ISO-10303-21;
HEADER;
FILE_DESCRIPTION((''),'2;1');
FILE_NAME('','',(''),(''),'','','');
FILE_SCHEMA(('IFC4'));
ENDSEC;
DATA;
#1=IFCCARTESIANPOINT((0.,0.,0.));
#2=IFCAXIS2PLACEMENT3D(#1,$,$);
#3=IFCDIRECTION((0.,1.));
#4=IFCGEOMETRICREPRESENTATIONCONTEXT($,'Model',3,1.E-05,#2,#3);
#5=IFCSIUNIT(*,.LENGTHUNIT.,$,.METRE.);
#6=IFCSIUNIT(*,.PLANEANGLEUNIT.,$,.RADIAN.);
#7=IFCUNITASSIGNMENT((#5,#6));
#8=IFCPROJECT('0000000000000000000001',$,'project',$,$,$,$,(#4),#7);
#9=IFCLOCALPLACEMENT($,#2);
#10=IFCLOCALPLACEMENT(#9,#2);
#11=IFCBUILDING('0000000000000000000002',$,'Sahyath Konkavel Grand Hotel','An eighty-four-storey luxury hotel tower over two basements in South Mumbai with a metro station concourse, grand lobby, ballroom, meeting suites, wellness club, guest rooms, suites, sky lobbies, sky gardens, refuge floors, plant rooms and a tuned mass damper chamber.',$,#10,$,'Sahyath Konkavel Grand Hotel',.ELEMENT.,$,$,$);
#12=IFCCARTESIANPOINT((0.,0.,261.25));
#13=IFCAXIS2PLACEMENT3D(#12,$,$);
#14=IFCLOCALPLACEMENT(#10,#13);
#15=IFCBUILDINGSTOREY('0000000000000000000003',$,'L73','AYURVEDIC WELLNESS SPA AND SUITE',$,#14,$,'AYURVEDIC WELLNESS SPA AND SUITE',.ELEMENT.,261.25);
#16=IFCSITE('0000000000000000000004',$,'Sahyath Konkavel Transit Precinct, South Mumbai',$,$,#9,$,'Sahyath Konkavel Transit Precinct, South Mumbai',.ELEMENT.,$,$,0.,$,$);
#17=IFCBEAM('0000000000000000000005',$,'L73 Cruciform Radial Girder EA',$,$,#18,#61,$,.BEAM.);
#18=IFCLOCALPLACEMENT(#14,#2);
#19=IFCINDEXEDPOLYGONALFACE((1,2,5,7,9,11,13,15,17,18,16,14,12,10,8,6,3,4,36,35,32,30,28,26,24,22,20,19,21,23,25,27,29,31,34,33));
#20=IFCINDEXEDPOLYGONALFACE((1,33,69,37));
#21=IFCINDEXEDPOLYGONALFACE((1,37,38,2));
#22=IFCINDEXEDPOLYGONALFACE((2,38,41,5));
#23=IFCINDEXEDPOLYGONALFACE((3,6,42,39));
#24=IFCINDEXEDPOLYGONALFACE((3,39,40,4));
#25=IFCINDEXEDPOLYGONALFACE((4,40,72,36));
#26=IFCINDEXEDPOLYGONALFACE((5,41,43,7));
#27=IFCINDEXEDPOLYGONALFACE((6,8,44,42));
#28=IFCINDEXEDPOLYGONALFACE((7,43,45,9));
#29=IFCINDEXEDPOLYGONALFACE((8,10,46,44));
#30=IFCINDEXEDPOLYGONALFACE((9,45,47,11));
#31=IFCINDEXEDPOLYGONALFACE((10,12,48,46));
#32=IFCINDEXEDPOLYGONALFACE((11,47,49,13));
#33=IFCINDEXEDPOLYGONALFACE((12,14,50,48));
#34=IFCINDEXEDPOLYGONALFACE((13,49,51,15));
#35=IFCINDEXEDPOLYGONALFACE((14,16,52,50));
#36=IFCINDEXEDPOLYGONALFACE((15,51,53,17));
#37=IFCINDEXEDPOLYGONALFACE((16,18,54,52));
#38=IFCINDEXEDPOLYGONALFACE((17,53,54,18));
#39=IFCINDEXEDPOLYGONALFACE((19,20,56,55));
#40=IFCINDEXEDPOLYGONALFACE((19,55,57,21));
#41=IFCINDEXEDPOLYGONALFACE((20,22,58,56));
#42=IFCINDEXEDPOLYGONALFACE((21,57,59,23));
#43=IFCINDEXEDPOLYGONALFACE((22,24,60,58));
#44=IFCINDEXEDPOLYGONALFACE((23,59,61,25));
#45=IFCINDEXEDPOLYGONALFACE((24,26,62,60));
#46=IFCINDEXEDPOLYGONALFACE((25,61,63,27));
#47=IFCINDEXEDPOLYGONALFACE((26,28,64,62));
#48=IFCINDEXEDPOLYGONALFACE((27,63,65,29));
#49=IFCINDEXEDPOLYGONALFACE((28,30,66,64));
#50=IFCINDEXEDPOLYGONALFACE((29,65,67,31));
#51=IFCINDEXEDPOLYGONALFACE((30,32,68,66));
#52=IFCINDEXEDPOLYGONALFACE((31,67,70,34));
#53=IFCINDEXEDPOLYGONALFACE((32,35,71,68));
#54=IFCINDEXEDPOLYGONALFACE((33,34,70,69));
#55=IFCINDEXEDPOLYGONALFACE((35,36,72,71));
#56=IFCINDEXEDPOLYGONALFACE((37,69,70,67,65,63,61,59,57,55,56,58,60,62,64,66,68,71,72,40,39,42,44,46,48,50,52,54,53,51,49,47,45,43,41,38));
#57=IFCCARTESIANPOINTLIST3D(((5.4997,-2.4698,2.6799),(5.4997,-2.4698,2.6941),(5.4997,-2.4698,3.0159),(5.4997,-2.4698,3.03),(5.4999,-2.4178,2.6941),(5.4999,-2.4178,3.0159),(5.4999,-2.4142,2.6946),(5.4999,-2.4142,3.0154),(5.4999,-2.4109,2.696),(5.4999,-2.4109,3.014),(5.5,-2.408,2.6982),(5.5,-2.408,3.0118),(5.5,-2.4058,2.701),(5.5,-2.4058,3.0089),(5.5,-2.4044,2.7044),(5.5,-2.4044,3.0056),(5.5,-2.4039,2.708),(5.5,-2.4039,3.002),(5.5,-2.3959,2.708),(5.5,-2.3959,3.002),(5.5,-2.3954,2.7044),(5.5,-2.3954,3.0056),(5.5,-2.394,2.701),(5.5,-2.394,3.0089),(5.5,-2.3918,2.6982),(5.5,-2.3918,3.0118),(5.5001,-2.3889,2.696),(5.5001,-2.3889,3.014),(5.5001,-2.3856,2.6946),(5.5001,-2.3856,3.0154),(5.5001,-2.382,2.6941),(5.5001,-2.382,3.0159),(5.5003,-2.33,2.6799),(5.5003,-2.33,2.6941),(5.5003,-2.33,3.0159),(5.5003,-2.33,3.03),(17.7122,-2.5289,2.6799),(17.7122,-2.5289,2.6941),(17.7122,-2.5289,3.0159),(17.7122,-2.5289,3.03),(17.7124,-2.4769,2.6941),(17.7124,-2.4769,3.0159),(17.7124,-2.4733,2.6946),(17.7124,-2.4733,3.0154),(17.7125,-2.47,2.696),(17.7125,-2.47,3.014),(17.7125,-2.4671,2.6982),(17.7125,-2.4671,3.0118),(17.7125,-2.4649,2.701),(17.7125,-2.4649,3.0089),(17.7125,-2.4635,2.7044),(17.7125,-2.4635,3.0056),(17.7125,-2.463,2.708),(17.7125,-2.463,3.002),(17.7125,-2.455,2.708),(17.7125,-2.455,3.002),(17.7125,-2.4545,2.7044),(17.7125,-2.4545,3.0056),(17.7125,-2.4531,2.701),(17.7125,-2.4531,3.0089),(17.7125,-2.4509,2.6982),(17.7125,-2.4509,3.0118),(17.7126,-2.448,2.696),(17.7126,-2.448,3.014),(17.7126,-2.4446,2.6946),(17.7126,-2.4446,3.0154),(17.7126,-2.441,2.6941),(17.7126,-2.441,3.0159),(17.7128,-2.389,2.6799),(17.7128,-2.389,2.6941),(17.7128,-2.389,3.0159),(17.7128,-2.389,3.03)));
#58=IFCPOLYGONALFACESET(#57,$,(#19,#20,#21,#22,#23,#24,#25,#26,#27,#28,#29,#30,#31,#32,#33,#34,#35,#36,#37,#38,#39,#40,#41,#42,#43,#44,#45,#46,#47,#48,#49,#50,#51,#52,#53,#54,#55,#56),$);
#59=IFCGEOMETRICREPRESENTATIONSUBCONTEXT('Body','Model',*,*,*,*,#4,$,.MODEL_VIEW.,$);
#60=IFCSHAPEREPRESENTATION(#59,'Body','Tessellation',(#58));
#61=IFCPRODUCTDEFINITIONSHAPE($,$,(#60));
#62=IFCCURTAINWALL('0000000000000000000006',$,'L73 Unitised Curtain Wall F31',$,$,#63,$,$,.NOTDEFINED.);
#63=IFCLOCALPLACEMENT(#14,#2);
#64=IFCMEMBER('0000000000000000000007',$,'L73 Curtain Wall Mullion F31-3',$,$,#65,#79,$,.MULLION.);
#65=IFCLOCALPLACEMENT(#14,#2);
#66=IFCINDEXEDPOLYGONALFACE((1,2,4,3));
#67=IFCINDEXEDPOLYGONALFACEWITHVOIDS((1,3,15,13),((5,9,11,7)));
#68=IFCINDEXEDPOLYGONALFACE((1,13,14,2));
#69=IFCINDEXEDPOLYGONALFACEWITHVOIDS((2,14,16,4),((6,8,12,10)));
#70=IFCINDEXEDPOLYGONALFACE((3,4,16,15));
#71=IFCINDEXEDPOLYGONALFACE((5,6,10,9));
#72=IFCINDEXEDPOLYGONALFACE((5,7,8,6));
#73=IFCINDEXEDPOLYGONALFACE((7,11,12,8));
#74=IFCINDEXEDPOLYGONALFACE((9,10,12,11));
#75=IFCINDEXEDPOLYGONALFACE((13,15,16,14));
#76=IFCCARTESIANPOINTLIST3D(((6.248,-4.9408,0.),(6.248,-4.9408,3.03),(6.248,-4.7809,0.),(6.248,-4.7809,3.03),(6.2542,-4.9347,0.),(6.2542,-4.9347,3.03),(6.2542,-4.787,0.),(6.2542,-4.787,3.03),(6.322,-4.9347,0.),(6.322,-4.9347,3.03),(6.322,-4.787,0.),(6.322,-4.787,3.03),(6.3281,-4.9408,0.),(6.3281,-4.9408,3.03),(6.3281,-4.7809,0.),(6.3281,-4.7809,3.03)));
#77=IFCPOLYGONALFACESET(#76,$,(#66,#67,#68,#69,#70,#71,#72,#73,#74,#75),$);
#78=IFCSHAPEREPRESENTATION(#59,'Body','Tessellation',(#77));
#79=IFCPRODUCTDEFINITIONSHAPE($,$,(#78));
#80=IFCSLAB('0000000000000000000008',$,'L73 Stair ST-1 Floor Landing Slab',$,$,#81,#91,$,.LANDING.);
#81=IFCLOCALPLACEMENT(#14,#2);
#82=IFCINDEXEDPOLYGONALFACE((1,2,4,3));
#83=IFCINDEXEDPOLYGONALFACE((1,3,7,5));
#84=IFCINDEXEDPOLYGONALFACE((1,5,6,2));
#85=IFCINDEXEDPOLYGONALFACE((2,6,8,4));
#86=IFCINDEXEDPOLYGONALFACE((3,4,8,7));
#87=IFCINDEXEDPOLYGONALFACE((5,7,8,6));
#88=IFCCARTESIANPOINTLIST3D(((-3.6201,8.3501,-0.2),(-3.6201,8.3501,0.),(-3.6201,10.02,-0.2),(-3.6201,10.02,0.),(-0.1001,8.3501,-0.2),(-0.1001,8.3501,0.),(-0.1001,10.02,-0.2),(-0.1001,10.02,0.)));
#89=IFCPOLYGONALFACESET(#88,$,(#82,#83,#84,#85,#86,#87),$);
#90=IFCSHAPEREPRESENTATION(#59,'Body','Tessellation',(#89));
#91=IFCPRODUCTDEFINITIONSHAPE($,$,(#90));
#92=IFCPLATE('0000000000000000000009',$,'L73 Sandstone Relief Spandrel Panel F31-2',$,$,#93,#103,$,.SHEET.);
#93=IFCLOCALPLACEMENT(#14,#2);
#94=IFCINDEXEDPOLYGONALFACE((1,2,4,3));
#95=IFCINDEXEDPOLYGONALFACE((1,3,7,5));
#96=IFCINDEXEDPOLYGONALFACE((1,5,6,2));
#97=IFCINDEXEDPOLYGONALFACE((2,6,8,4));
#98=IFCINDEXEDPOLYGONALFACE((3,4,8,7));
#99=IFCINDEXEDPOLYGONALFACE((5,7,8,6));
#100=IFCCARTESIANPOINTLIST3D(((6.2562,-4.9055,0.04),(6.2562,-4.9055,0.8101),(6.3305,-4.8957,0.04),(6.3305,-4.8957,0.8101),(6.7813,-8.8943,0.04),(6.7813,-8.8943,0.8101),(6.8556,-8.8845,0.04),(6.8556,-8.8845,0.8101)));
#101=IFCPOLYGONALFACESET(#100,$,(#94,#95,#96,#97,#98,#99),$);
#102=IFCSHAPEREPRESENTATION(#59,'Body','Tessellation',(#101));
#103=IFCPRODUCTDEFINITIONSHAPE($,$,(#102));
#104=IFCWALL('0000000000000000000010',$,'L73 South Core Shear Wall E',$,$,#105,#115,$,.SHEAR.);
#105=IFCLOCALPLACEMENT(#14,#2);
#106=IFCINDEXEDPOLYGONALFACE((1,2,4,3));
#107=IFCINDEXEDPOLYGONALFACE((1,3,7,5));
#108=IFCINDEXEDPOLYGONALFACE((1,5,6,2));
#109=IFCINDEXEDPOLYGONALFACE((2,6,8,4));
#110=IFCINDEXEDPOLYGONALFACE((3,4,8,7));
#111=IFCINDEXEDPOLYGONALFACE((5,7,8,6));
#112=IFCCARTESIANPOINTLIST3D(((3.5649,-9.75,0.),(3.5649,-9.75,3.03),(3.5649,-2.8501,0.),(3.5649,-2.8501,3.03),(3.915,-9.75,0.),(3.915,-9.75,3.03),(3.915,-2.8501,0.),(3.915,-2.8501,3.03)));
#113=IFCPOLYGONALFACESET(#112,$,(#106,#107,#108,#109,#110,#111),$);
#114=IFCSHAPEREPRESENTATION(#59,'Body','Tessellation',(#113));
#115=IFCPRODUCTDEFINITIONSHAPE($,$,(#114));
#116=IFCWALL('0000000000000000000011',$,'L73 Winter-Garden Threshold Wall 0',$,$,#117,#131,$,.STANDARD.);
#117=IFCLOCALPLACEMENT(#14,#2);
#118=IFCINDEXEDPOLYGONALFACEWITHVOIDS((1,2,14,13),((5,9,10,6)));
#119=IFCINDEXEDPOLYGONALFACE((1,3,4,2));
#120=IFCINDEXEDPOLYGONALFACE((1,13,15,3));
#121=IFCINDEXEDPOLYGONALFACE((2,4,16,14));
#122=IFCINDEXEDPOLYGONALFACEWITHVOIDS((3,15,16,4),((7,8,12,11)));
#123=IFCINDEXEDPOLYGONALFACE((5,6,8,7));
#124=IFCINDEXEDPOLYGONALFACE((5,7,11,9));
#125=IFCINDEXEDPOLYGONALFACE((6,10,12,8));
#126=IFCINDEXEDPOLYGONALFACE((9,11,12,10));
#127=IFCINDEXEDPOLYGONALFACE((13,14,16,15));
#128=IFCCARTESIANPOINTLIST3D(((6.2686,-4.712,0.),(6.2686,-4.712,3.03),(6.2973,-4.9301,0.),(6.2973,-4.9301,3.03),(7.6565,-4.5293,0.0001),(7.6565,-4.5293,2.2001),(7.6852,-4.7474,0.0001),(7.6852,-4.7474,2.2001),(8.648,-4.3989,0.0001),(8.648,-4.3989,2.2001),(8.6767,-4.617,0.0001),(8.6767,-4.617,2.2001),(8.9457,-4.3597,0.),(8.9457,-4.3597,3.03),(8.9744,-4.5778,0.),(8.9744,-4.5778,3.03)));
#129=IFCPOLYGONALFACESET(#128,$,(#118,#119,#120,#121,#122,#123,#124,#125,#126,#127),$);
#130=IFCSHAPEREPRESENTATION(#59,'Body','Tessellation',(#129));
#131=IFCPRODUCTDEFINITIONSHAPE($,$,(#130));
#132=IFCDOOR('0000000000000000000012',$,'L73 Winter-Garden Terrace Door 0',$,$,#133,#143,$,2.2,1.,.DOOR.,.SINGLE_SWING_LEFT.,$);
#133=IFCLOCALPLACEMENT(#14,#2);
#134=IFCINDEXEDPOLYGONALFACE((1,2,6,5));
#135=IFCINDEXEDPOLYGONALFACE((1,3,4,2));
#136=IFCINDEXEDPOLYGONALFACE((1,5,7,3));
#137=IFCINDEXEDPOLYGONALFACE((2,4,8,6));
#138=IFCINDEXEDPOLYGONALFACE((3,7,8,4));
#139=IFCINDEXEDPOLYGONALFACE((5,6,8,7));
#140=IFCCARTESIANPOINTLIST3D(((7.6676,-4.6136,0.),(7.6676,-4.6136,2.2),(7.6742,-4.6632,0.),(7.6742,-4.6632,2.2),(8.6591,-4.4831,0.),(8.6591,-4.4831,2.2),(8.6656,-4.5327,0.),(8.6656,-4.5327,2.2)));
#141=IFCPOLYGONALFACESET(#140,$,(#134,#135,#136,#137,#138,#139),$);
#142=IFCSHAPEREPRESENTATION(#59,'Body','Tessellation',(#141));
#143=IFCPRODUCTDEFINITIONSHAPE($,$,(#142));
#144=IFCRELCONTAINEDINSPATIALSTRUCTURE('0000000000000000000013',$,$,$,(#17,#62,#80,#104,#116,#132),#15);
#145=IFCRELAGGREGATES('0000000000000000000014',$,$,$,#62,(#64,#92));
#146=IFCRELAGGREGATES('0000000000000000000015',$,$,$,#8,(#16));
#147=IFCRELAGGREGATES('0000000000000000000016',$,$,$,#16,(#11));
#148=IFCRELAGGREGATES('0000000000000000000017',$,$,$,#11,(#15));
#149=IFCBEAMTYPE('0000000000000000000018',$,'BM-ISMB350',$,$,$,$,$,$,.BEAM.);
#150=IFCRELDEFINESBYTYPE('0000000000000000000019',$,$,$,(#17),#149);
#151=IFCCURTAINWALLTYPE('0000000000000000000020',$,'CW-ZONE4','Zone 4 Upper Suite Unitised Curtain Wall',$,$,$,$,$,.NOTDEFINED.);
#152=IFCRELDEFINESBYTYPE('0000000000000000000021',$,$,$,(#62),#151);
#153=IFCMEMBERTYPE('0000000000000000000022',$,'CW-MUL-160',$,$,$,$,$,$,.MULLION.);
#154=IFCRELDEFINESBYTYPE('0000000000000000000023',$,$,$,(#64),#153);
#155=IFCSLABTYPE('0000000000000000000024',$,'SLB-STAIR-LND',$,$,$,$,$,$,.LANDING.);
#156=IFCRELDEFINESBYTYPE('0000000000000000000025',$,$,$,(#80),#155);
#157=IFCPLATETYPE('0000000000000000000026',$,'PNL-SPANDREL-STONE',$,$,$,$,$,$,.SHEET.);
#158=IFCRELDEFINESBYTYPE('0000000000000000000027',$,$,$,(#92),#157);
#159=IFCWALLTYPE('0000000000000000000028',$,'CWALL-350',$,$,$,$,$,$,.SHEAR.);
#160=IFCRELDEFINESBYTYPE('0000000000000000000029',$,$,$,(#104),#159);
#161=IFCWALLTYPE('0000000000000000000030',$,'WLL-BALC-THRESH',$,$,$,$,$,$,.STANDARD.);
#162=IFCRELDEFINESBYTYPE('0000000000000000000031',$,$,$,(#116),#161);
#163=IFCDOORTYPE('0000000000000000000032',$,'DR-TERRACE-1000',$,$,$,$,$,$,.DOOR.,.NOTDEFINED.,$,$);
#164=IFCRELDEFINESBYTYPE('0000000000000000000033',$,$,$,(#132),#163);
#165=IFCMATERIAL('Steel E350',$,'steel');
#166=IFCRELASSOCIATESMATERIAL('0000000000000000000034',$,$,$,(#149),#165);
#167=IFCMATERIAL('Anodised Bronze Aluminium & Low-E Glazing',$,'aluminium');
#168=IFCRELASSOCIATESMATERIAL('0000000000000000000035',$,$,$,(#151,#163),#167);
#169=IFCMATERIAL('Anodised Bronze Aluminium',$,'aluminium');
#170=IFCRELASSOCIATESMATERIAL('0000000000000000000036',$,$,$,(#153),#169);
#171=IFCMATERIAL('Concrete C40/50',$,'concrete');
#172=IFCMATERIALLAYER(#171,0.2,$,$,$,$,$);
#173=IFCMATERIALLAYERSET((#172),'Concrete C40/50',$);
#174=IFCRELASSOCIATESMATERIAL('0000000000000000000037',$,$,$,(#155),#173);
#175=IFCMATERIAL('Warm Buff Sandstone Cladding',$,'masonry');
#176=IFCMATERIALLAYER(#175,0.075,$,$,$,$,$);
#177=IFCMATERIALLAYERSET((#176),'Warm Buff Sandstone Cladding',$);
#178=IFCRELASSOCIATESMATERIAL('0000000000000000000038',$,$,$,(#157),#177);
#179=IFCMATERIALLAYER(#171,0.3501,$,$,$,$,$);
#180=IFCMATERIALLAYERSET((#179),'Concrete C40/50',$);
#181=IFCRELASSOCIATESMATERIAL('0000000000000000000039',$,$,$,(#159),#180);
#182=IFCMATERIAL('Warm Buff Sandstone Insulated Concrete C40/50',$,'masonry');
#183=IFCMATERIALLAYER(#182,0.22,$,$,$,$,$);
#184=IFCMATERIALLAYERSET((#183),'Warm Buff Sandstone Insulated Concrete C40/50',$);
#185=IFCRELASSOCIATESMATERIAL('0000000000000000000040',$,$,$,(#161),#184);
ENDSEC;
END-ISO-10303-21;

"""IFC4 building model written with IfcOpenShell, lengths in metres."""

from ifc_helpers import new_model, si_unit, direction, frame, frame_2d, origin, origin_2d, place, context, subcontext, project, spatial, polyline, rectangle, hollow_rectangle, i_section, outline, extrude, source, transform, mapped, material, layer, layer_set, material_profile, profile_set, type_object, element, fill, aggregate, save


model = new_model("IFC4")

# Units and contexts
model_context = context("Model", 3, precision=1e-05, world=origin(), true_north=direction((0.0, 1.0)))
body_context = subcontext(model_context, "Body", "Model", "MODEL_VIEW")
ifc_project = project(units=[si_unit("LENGTHUNIT", "METRE"), si_unit("PLANEANGLEUNIT", "RADIAN")], contexts=[model_context])

# Site, building, storey
site_placement = place(None, origin())
site = spatial("IfcSite", under=ifc_project, at=site_placement, Name="Sahyath Konkavel Transit Precinct, South Mumbai", LongName="Sahyath Konkavel Transit Precinct, South Mumbai", CompositionType="ELEMENT", RefElevation=0.0)
building_placement = place(site_placement, origin())
building = spatial("IfcBuilding", under=site, at=building_placement, Name="Sahyath Konkavel Grand Hotel", Description="An eighty-four-storey luxury hotel tower over two basements in South Mumbai with a metro station concourse, grand lobby, ballroom, meeting suites, wellness club, guest rooms, suites, sky lobbies, sky gardens, refuge floors, plant rooms and a tuned mass damper chamber.", LongName="Sahyath Konkavel Grand Hotel", CompositionType="ELEMENT")
storey_placement = place(building_placement, frame((0.0, 0.0, 261.25)))
storey = spatial("IfcBuildingStorey", under=building, at=storey_placement, Name="L73", Description="AYURVEDIC WELLNESS SPA AND SUITE", LongName="AYURVEDIC WELLNESS SPA AND SUITE", CompositionType="ELEMENT", Elevation=261.25)

# Shared definitions
ifc_material_1 = material(Name="Concrete C40/50", Category="concrete")

# Beam
ifc_material_2 = material(Name="Steel E350", Category="steel")
ifc_material_profile_1 = material_profile(ifc_material_2, i_section(OverallWidth=0.1399, OverallDepth=0.3501, WebThickness=0.0081, FlangeThickness=0.0142, FilletRadius=0.0139, at=origin_2d()), Name="ISMB 350")
ifc_profile_set_1 = profile_set([ifc_material_profile_1], Name="Steel E350")
beam_type_1 = type_object("IfcBeamType", Name="BM-ISMB350", PredefinedType="BEAM", material=ifc_profile_set_1)
shared_shape_1 = source(origin(), body_context, "Body", "SweptSolid", [
    extrude(i_section(OverallWidth=0.1399, OverallDepth=0.3501, WebThickness=0.0081, FlangeThickness=0.0142, FilletRadius=0.0139, at=origin_2d()), origin(), (0.0, 0.0, 1.0), 12.2126),
])
beam_1_placement = place(storey_placement, frame((5.5, -2.3999, 2.855), z_axis=(0.999988, -0.004838, 0.0), x_axis=(0.004838, 0.999988, 0.0)))
element("IfcBeam", 1, at=beam_1_placement, inside=storey, type_object=beam_type_1, Name="L73 Cruciform Radial Girder EA", PredefinedType="BEAM", context=body_context, shape_type="MappedRepresentation", body=[
    mapped(shared_shape_1, transform((0.0, 0.0, 0.0), scale=1.0)),
])

# Curtain wall, member
ifc_material_3 = material(Name="Anodised Bronze Aluminium & Low-E Glazing", Category="aluminium")
curtain_wall_type = type_object("IfcCurtainWallType", Name="CW-ZONE4", Description="Zone 4 Upper Suite Unitised Curtain Wall", PredefinedType="NOTDEFINED", material=ifc_material_3)
curtain_wall_placement = place(storey_placement, origin())
curtain_wall = element("IfcCurtainWall", 2, at=curtain_wall_placement, inside=storey, type_object=curtain_wall_type, Name="L73 Unitised Curtain Wall F31", PredefinedType="NOTDEFINED")
ifc_material_4 = material(Name="Anodised Bronze Aluminium", Category="aluminium")
ifc_material_profile_2 = material_profile(ifc_material_4, hollow_rectangle(XDim=0.0801, YDim=0.1599, WallThickness=0.0061, at=origin_2d()), Name="RHS 160x80x6")
ifc_profile_set_2 = profile_set([ifc_material_profile_2], Name="Anodised Bronze Aluminium")
member_type = type_object("IfcMemberType", Name="CW-MUL-160", PredefinedType="MULLION", material=ifc_profile_set_2)
shared_shape_2 = source(origin(), body_context, "Body", "SweptSolid", [
    extrude(hollow_rectangle(XDim=0.0801, YDim=0.1599, WallThickness=0.0061, at=origin_2d()), origin(), (0.0, 0.0, 1.0), 3.03),
])
member_placement = place(storey_placement, frame((6.2881, -4.8608, 0.0), z_axis=(0.0, 0.0, 1.0), x_axis=(1.0, 0.0, 0.0)))
member = element("IfcMember", 3, at=member_placement, type_object=member_type, Name="L73 Curtain Wall Mullion F31-3", PredefinedType="MULLION", context=body_context, shape_type="MappedRepresentation", body=[
    mapped(shared_shape_2, transform((0.0, 0.0, 0.0), scale=1.0)),
])

# Slab
ifc_layer_1 = layer(ifc_material_1, 0.2)
ifc_layer_set_1 = layer_set([ifc_layer_1], Name="Concrete C40/50")
slab_type = type_object("IfcSlabType", Name="SLB-STAIR-LND", PredefinedType="LANDING", material=ifc_layer_set_1)
slab_placement = place(storey_placement, frame((0.0, 0.0, -0.2)))
element("IfcSlab", 4, at=slab_placement, inside=storey, type_object=slab_type, Name="L73 Stair ST-1 Floor Landing Slab", PredefinedType="LANDING", context=body_context, shape_type="SweptSolid", body=[
    extrude(outline(polyline([(-3.6201, 8.3501), (-0.1001, 8.3501), (-0.1001, 10.02), (-3.6201, 10.02), (-3.6201, 8.3501)])), origin(), (0.0, 0.0, 1.0), 0.2),
])

# Plate
ifc_material_5 = material(Name="Warm Buff Sandstone Cladding", Category="masonry")
ifc_layer_2 = layer(ifc_material_5, 0.075)
ifc_layer_set_2 = layer_set([ifc_layer_2], Name="Warm Buff Sandstone Cladding")
plate_type = type_object("IfcPlateType", Name="PNL-SPANDREL-STONE", PredefinedType="SHEET", material=ifc_layer_set_2)
shared_shape_3 = source(origin(), body_context, "Body", "SweptSolid", [
    extrude(rectangle(XDim=4.0232, YDim=0.075, at=origin_2d()), origin(), (0.0, 0.0, 1.0), 0.77),
])
plate_placement = place(storey_placement, frame((6.5559, -6.895, 0.04), z_axis=(0.0, 0.0, 1.0), x_axis=(-0.130526, 0.991445, 0.0)))
plate = element("IfcPlate", 5, at=plate_placement, type_object=plate_type, Name="L73 Sandstone Relief Spandrel Panel F31-2", PredefinedType="SHEET", context=body_context, shape_type="MappedRepresentation", body=[
    mapped(shared_shape_3, transform((0.0, 0.0, 0.0), scale=1.0)),
])
aggregate(curtain_wall, [member, plate])

# Wall
ifc_layer_3 = layer(ifc_material_1, 0.3501)
ifc_layer_set_3 = layer_set([ifc_layer_3], Name="Concrete C40/50")
wall_type_1 = type_object("IfcWallType", Name="CWALL-350", PredefinedType="SHEAR", material=ifc_layer_set_3)
wall_1_placement = place(storey_placement, frame((3.74, -9.75, 0.0), z_axis=(0.0, 0.0, 1.0), x_axis=(0.0, 1.0, 0.0)))
element("IfcWall", 6, at=wall_1_placement, inside=storey, type_object=wall_type_1, Name="L73 South Core Shear Wall E", PredefinedType="SHEAR", context=body_context, shape_type="SweptSolid", body=[
    extrude(rectangle(XDim=6.8999, YDim=0.3501, at=frame_2d((3.45, 0.0))), origin(), (0.0, 0.0, 1.0), 3.03),
])

# Wall, opening, door
ifc_material_6 = material(Name="Warm Buff Sandstone Insulated Concrete C40/50", Category="masonry")
ifc_layer_4 = layer(ifc_material_6, 0.22)
ifc_layer_set_4 = layer_set([ifc_layer_4], Name="Warm Buff Sandstone Insulated Concrete C40/50")
wall_type_2 = type_object("IfcWallType", Name="WLL-BALC-THRESH", PredefinedType="STANDARD", material=ifc_layer_set_4)
wall_2_placement = place(storey_placement, frame((6.283, -4.821, 0.0), z_axis=(0.0, 0.0, 1.0), x_axis=(0.991452, 0.130476, 0.0)))
wall_2 = element("IfcWall", 7, at=wall_2_placement, inside=storey, type_object=wall_type_2, Name="L73 Winter-Garden Threshold Wall 0", PredefinedType="STANDARD", context=body_context, shape_type="SweptSolid", body=[
    extrude(rectangle(XDim=2.7002, YDim=0.22, at=frame_2d((1.3501, 0.0))), origin(), (0.0, 0.0, 1.0), 3.03),
])
opening_1_placement = place(wall_2_placement, frame((1.3999, 0.0, 0.0)))
opening_1 = element("IfcOpeningElement", 8, at=opening_1_placement, cuts=wall_2, PredefinedType="OPENING", context=body_context, shape_type="SweptSolid", body=[
    extrude(rectangle(XDim=1.0, YDim=2.2, at=frame_2d((0.5, 1.1001))), frame((0.0, 0.1201, 0.0), z_axis=(0.0, -1.0, 0.0), x_axis=(1.0, 0.0, 0.0)), (0.0, 0.0, 1.0), 0.24),
])
door_type_1 = type_object("IfcDoorType", Name="DR-TERRACE-1000", OperationType="NOTDEFINED", PredefinedType="DOOR", material=ifc_material_3)
shared_shape_4 = source(origin(), body_context, "Body", "SweptSolid", [
    extrude(rectangle(XDim=1.0, YDim=0.05, at=origin_2d()), origin(), (0.0, 0.0, 1.0), 2.2),
])
door_1_placement = place(opening_1_placement, frame((0.5, 0.0, 0.0)))
door_1 = element("IfcDoor", 9, at=door_1_placement, inside=storey, type_object=door_type_1, Name="L73 Winter-Garden Terrace Door 0", OperationType="SINGLE_SWING_LEFT", OverallHeight=2.2, OverallWidth=1.0, PredefinedType="DOOR", context=body_context, shape_type="MappedRepresentation", body=[
    mapped(shared_shape_4, transform((0.0, 0.0, 0.0), scale=1.0)),
])
fill(opening_1, door_1)

save(model, "model.ifc")
